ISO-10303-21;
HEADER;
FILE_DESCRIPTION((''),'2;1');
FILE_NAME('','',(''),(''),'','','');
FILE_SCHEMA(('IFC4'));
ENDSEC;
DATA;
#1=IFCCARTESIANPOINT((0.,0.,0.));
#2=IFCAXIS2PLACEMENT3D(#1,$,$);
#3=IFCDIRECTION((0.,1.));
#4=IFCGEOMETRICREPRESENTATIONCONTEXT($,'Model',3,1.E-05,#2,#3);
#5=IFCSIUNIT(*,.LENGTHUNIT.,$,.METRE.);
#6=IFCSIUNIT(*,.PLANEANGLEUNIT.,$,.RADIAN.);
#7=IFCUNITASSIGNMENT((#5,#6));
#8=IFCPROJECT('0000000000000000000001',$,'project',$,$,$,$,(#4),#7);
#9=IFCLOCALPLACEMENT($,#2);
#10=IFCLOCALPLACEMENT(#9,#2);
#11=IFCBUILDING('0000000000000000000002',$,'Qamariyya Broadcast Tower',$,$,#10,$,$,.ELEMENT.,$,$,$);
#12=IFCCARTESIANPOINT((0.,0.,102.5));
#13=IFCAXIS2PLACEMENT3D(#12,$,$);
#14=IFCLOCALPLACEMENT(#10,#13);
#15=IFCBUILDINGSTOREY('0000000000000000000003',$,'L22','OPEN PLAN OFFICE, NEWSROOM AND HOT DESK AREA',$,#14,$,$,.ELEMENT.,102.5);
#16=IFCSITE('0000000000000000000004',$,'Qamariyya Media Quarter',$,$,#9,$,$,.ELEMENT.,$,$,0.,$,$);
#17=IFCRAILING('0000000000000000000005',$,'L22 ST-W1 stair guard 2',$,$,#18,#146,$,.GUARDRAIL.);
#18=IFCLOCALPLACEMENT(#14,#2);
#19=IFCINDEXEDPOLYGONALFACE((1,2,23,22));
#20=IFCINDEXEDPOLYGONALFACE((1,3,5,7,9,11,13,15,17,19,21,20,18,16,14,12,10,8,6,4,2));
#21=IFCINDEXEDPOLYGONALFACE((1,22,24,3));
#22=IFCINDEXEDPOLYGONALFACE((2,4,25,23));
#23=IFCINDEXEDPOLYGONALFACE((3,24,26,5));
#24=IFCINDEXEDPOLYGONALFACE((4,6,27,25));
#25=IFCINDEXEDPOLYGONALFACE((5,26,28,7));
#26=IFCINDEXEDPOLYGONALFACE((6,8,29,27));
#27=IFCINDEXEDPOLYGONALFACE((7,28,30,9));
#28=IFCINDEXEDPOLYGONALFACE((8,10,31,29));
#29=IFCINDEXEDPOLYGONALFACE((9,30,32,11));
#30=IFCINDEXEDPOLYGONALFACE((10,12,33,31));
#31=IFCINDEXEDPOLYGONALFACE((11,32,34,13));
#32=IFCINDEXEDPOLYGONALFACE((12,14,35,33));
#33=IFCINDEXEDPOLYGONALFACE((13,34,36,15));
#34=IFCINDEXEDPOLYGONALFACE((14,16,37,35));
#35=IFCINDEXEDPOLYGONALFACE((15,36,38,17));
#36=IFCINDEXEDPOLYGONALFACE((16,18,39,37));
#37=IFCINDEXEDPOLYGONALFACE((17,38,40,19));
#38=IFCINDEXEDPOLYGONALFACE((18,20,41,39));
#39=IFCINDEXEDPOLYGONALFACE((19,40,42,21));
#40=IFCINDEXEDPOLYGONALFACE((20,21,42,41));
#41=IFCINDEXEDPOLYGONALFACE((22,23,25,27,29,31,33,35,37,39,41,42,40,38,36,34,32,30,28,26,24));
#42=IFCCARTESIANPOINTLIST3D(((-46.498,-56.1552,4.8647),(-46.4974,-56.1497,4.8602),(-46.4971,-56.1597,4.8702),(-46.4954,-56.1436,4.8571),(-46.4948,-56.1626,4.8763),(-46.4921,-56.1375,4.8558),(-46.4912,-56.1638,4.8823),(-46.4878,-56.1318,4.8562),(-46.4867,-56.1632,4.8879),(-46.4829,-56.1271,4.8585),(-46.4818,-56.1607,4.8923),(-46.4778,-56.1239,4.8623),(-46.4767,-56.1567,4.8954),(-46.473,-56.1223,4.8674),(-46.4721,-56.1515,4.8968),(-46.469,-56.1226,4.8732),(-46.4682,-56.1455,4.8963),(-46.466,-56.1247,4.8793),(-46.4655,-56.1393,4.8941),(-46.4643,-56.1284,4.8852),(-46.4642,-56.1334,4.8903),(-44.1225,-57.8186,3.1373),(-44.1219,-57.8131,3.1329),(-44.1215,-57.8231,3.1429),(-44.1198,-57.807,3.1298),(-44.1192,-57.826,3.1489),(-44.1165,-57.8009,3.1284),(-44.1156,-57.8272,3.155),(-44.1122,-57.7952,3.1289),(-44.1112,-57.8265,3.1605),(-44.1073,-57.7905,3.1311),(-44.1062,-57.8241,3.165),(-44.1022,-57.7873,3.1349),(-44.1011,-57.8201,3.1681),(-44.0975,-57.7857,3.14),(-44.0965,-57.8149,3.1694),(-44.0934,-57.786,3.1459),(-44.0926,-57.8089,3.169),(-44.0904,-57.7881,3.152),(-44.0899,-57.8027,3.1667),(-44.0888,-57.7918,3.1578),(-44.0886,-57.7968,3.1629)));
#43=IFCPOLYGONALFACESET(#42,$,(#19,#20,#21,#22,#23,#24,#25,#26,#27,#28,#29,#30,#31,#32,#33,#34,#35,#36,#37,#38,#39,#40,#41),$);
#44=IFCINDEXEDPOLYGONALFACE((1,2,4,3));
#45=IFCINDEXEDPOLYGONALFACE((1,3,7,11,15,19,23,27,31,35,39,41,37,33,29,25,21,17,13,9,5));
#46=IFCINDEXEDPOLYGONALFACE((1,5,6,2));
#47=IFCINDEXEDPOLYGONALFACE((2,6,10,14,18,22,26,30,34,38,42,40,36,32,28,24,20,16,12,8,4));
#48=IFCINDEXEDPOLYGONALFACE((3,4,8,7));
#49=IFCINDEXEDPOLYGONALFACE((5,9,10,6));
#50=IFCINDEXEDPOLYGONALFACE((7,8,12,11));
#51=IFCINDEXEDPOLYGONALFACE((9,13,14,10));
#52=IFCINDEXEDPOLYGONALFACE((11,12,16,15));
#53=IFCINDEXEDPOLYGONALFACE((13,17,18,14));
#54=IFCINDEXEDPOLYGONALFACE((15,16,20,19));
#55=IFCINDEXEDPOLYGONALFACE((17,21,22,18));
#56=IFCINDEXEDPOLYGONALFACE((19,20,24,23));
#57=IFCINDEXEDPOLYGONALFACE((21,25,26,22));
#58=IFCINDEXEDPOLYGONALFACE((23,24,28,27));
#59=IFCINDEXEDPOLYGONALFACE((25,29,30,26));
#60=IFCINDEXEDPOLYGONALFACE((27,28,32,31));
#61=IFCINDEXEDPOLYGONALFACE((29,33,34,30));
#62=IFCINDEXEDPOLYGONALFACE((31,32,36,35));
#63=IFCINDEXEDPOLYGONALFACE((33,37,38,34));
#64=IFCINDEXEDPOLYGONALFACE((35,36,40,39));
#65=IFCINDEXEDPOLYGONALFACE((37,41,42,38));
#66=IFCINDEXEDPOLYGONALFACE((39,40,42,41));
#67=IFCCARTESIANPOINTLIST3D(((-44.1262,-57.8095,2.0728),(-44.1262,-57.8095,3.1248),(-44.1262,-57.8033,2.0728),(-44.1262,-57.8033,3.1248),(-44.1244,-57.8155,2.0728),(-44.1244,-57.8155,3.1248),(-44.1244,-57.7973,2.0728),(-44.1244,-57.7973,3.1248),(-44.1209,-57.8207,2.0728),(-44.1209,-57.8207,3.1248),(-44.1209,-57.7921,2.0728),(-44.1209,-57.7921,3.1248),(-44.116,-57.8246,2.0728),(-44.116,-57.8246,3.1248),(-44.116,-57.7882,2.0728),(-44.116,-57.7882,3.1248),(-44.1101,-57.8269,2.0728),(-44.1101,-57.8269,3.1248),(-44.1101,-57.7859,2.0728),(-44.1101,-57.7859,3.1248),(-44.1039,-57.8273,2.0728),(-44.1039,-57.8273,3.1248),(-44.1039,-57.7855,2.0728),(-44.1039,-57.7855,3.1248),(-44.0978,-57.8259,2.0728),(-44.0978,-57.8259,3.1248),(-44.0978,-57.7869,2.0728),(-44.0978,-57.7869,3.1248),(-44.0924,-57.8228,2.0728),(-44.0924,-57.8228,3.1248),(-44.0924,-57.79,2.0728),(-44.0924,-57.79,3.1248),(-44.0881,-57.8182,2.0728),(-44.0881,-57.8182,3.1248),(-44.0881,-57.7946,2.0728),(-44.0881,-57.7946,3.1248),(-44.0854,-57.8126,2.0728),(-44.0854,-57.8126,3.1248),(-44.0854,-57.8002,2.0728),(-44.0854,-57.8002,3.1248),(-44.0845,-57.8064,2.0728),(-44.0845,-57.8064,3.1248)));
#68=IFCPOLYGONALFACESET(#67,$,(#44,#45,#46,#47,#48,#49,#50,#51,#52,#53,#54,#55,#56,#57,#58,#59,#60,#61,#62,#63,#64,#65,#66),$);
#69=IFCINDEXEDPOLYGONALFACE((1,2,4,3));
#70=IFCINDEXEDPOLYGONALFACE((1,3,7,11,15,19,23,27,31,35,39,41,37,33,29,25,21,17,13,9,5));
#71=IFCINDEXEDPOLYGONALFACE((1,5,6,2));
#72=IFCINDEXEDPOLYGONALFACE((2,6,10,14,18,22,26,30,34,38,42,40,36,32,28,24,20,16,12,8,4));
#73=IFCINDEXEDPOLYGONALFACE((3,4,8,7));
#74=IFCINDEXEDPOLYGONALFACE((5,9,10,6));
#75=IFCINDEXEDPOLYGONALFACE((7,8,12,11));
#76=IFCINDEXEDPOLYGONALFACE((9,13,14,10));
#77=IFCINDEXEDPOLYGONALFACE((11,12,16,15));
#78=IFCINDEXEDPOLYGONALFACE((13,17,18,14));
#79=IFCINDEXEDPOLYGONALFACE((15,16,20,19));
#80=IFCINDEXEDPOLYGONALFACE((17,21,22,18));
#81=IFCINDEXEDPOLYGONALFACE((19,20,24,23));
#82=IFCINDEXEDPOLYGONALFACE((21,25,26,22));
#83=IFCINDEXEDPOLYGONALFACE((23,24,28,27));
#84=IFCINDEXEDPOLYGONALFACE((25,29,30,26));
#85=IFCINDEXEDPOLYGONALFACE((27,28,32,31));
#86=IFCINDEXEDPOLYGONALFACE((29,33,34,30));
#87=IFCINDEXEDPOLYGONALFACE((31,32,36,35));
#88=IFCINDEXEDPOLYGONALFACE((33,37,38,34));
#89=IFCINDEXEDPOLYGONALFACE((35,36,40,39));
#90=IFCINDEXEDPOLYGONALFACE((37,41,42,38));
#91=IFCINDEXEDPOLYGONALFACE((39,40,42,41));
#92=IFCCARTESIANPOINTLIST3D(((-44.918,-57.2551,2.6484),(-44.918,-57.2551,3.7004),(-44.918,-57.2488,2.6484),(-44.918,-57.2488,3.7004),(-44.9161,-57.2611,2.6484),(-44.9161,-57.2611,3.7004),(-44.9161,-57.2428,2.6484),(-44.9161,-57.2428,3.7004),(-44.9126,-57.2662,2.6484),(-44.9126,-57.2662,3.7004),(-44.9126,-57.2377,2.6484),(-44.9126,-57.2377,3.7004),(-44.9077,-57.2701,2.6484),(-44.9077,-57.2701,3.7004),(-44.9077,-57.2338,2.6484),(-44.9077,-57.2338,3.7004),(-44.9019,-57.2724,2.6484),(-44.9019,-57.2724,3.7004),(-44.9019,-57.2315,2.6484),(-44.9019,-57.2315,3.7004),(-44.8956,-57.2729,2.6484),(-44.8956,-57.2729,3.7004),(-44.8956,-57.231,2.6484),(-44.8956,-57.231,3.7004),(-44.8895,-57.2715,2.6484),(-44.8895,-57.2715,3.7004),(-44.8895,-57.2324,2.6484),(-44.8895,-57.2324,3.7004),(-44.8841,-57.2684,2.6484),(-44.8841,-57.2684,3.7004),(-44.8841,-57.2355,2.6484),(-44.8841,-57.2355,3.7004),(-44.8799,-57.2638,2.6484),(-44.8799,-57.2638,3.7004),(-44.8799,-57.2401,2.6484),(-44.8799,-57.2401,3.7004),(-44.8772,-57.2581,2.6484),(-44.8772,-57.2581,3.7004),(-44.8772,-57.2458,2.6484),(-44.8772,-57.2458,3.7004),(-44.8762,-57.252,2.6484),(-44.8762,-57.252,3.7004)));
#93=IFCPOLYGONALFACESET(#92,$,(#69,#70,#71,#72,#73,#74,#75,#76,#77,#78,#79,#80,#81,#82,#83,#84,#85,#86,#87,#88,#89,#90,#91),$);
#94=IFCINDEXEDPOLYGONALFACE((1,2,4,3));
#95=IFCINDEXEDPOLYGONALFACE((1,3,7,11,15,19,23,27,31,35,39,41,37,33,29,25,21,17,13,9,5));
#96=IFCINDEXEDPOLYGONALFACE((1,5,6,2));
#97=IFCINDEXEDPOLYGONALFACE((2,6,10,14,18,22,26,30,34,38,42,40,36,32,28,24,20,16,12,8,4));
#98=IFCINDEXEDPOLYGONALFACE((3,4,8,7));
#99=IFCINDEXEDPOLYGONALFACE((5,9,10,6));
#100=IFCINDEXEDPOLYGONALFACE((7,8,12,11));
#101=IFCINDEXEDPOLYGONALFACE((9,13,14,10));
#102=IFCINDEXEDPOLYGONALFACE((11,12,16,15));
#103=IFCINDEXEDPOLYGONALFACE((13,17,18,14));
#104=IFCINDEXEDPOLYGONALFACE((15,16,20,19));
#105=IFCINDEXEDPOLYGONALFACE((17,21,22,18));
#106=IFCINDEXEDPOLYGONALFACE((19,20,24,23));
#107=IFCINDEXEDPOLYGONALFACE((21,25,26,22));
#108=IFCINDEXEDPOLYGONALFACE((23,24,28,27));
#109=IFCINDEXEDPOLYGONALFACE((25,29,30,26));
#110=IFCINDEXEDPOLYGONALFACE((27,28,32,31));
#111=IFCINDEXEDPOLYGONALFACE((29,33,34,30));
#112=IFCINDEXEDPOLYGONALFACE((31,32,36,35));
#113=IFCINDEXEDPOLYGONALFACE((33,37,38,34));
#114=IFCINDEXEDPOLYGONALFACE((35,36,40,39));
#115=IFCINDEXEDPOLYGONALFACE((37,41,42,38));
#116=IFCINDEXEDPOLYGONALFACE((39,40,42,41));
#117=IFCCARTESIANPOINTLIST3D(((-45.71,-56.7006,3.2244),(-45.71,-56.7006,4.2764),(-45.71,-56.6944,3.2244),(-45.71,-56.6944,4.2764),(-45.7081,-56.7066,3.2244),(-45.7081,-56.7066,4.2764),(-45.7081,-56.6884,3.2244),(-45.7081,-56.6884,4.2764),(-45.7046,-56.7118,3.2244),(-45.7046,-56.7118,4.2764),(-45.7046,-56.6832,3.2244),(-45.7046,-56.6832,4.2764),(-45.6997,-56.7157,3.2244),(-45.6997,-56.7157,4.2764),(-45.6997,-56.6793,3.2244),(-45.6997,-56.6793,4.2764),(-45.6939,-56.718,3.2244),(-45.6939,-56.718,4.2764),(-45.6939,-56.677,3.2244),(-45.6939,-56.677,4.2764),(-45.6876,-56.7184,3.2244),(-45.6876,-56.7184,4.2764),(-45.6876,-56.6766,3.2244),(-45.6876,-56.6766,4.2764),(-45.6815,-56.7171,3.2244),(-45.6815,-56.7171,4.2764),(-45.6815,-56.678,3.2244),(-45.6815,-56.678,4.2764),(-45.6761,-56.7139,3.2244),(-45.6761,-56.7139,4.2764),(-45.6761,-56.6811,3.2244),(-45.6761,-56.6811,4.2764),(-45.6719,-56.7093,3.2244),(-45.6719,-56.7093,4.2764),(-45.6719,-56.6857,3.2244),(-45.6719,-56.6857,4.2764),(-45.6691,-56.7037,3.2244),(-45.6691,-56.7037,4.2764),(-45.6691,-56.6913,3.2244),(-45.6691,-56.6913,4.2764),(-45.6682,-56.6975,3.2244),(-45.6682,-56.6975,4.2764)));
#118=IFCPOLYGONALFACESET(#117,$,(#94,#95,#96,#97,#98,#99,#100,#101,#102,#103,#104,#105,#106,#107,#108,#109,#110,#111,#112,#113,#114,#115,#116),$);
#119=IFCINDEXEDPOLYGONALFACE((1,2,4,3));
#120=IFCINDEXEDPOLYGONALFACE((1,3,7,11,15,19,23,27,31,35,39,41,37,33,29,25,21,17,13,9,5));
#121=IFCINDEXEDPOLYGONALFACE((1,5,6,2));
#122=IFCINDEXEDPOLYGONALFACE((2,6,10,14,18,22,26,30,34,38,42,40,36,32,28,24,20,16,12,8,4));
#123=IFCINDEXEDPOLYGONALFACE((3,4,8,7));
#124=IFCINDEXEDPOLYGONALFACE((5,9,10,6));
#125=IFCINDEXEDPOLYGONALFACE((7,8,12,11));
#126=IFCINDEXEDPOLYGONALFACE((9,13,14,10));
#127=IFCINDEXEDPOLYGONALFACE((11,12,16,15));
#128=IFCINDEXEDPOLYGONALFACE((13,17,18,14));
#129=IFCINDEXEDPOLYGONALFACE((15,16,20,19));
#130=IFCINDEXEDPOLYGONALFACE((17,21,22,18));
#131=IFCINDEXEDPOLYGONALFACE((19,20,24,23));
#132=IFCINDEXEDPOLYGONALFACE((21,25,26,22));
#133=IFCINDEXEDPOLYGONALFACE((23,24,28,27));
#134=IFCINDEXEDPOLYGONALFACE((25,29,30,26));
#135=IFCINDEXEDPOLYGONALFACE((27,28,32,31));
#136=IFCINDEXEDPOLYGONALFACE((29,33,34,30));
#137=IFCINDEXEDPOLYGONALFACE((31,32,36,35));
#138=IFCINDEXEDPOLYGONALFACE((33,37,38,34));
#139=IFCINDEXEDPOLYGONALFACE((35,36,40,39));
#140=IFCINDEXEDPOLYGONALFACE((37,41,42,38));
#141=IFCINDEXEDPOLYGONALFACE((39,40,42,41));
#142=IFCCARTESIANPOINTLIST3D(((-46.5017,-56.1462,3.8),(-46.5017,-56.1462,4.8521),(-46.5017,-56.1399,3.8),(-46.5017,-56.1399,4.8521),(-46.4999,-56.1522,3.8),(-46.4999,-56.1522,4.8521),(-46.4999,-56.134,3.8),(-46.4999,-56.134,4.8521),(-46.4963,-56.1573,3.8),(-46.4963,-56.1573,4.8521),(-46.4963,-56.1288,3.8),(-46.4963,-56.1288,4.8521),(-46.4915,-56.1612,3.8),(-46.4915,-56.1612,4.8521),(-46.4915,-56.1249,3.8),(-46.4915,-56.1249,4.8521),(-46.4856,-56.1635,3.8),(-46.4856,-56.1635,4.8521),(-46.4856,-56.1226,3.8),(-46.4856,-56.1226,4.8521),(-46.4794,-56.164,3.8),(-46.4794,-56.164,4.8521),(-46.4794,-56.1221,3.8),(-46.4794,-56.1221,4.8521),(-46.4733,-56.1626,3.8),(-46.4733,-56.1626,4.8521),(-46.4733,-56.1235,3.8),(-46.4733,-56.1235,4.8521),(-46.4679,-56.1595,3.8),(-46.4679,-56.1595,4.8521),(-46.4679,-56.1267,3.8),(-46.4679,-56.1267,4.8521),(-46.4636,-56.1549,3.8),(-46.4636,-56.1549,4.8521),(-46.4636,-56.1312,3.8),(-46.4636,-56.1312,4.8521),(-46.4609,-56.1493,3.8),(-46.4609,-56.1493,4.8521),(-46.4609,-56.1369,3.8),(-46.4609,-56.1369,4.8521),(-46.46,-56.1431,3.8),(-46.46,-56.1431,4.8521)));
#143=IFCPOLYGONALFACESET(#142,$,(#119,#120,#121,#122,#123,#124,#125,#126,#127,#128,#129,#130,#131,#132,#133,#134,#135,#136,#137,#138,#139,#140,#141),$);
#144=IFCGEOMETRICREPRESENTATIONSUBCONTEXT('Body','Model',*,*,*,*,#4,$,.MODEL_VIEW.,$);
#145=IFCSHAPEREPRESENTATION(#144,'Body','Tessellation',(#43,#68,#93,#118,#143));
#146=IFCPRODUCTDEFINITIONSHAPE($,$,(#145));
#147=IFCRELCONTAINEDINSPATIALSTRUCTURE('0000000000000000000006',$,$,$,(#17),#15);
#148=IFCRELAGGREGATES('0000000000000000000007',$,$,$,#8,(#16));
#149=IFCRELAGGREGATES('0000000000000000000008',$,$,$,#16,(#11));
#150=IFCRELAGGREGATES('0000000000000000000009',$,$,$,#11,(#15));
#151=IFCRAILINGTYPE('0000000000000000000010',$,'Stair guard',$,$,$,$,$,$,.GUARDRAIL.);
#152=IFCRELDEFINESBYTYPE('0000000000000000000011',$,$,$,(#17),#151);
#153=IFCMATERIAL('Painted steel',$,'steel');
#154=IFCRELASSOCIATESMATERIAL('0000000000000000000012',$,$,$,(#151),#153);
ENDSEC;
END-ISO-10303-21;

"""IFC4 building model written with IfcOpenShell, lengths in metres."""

from ifc_helpers import new_model, si_unit, direction, frame, origin, origin_2d, place, context, subcontext, project, spatial, circle, extrude, material, type_object, element, save


model = new_model("IFC4")

# Units and contexts
model_context = context("Model", 3, precision=1e-05, world=origin(), true_north=direction((0.0, 1.0)))
body_context = subcontext(model_context, "Body", "Model", "MODEL_VIEW")
ifc_project = project(units=[si_unit("LENGTHUNIT", "METRE"), si_unit("PLANEANGLEUNIT", "RADIAN")], contexts=[model_context])

# Site, building, storey
site_placement = place(None, origin())
site = spatial("IfcSite", under=ifc_project, at=site_placement, Name="Qamariyya Media Quarter", CompositionType="ELEMENT", RefElevation=0.0)
building_placement = place(site_placement, origin())
building = spatial("IfcBuilding", under=site, at=building_placement, Name="Qamariyya Broadcast Tower", CompositionType="ELEMENT")
storey_placement = place(building_placement, frame((0.0, 0.0, 102.5)))
storey = spatial("IfcBuildingStorey", under=building, at=storey_placement, Name="L22", Description="OPEN PLAN OFFICE, NEWSROOM AND HOT DESK AREA", CompositionType="ELEMENT", Elevation=102.5)

# Railing
ifc_material_1 = material(Name="Painted steel", Category="steel")
railing_type_1 = type_object("IfcRailingType", Name="Stair guard", PredefinedType="GUARDRAIL", material=ifc_material_1)
railing_1_placement = place(storey_placement, frame((-44.1055, -57.8064, 2.0728)))
element("IfcRailing", 1, at=railing_1_placement, inside=storey, type_object=railing_type_1, Name="L22 ST-W1 stair guard 2", PredefinedType="GUARDRAIL", context=body_context, shape_type="SweptSolid", body=[
    extrude(circle(Radius=0.0239, at=origin_2d()), frame((0.0, 0.0, 1.0762), z_axis=(-0.70377, 0.492784, 0.511734), x_axis=(-0.573575, -0.819153, 0.0)), (0.0, 0.0, 1.0), 3.3755),
    extrude(circle(Radius=0.021, at=origin_2d()), origin(), (0.0, 0.0, 1.0), 1.052),
    extrude(circle(Radius=0.021, at=origin_2d()), frame((-0.7917, 0.5544, 0.5757)), (0.0, 0.0, 1.0), 1.052),
    extrude(circle(Radius=0.021, at=origin_2d()), frame((-1.5837, 1.1089, 1.1516)), (0.0, 0.0, 1.0), 1.052),
    extrude(circle(Radius=0.021, at=origin_2d()), frame((-2.3755, 1.6633, 1.7273)), (0.0, 0.0, 1.0), 1.052),
])

save(model, "model.ifc")
